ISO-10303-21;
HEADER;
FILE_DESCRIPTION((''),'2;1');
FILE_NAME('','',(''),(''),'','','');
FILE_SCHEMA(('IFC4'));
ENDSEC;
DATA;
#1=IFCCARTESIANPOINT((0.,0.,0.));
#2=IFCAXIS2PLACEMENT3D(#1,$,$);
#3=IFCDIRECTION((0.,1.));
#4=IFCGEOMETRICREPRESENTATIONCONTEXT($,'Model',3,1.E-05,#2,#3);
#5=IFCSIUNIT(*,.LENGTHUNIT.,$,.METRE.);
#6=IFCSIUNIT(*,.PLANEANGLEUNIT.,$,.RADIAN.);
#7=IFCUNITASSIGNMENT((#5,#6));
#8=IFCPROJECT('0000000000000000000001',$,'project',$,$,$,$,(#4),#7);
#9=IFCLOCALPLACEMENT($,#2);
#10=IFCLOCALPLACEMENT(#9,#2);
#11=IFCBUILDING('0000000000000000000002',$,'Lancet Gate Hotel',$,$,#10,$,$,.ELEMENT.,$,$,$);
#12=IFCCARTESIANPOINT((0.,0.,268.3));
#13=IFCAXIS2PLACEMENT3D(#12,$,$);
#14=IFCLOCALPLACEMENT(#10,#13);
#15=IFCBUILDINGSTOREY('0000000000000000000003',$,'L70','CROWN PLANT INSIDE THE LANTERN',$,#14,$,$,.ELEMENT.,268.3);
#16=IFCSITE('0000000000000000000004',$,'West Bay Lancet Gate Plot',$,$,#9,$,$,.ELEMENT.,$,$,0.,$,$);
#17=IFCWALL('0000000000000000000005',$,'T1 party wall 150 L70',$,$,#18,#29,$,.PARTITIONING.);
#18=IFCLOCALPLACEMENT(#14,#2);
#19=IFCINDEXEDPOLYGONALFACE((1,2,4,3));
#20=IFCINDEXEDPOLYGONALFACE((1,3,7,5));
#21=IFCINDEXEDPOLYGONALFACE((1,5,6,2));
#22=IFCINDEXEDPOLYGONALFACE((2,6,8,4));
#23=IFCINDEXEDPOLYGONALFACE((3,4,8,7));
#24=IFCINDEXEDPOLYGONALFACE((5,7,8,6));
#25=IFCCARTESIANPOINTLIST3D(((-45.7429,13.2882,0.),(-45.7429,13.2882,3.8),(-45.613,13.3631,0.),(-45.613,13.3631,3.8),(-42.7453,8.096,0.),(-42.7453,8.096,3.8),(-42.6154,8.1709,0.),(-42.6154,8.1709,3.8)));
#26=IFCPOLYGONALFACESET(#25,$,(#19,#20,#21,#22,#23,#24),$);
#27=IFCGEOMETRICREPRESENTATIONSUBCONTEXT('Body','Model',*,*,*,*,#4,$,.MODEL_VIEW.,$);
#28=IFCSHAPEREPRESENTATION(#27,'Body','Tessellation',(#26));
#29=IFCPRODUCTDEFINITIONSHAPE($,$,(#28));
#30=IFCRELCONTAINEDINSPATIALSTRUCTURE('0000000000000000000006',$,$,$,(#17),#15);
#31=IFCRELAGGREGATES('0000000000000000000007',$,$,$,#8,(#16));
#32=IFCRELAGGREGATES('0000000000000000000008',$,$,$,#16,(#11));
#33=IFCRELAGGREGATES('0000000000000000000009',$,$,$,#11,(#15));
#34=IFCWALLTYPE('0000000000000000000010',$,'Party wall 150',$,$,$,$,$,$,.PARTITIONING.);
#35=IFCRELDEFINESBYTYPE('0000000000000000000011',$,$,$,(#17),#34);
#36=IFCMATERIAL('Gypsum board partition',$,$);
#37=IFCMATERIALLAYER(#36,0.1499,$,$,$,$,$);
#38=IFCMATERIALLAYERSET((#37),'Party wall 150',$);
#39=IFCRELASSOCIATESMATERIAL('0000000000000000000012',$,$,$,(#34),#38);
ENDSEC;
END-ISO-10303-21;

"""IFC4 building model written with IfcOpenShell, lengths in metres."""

from ifc_helpers import new_model, si_unit, direction, frame, frame_2d, origin, place, context, subcontext, project, spatial, rectangle, extrude, material, layer, layer_set, type_object, element, save


model = new_model("IFC4")

# Units and contexts
model_context = context("Model", 3, precision=1e-05, world=origin(), true_north=direction((0.0, 1.0)))
body_context = subcontext(model_context, "Body", "Model", "MODEL_VIEW")
ifc_project = project(units=[si_unit("LENGTHUNIT", "METRE"), si_unit("PLANEANGLEUNIT", "RADIAN")], contexts=[model_context])

# Site, building, storey
site_placement = place(None, origin())
site = spatial("IfcSite", under=ifc_project, at=site_placement, Name="West Bay Lancet Gate Plot", CompositionType="ELEMENT", RefElevation=0.0)
building_placement = place(site_placement, origin())
building = spatial("IfcBuilding", under=site, at=building_placement, Name="Lancet Gate Hotel", CompositionType="ELEMENT")
storey_placement = place(building_placement, frame((0.0, 0.0, 268.3)))
storey = spatial("IfcBuildingStorey", under=building, at=storey_placement, Name="L70", Description="CROWN PLANT INSIDE THE LANTERN", CompositionType="ELEMENT", Elevation=268.3)

# Wall
ifc_material_1 = material(Name="Gypsum board partition")
ifc_layer_1 = layer(ifc_material_1, 0.1499)
ifc_layer_set_1 = layer_set([ifc_layer_1], Name="Party wall 150")
wall_type_1 = type_object("IfcWallType", Name="Party wall 150", PredefinedType="PARTITIONING", material=ifc_layer_set_1)
wall_1_placement = place(storey_placement, frame((-42.6804, 8.1335, 0.0), z_axis=(0.0, 0.0, 1.0), x_axis=(-0.499984, 0.866034, 0.0)))
element("IfcWall", 1, at=wall_1_placement, inside=storey, type_object=wall_type_1, Name="T1 party wall 150 L70", PredefinedType="PARTITIONING", context=body_context, shape_type="SweptSolid", body=[
    extrude(rectangle(XDim=5.9954, YDim=0.1499, at=frame_2d((2.9976, 0.0))), origin(), (0.0, 0.0, 1.0), 3.8),
])

save(model, "model.ifc")
